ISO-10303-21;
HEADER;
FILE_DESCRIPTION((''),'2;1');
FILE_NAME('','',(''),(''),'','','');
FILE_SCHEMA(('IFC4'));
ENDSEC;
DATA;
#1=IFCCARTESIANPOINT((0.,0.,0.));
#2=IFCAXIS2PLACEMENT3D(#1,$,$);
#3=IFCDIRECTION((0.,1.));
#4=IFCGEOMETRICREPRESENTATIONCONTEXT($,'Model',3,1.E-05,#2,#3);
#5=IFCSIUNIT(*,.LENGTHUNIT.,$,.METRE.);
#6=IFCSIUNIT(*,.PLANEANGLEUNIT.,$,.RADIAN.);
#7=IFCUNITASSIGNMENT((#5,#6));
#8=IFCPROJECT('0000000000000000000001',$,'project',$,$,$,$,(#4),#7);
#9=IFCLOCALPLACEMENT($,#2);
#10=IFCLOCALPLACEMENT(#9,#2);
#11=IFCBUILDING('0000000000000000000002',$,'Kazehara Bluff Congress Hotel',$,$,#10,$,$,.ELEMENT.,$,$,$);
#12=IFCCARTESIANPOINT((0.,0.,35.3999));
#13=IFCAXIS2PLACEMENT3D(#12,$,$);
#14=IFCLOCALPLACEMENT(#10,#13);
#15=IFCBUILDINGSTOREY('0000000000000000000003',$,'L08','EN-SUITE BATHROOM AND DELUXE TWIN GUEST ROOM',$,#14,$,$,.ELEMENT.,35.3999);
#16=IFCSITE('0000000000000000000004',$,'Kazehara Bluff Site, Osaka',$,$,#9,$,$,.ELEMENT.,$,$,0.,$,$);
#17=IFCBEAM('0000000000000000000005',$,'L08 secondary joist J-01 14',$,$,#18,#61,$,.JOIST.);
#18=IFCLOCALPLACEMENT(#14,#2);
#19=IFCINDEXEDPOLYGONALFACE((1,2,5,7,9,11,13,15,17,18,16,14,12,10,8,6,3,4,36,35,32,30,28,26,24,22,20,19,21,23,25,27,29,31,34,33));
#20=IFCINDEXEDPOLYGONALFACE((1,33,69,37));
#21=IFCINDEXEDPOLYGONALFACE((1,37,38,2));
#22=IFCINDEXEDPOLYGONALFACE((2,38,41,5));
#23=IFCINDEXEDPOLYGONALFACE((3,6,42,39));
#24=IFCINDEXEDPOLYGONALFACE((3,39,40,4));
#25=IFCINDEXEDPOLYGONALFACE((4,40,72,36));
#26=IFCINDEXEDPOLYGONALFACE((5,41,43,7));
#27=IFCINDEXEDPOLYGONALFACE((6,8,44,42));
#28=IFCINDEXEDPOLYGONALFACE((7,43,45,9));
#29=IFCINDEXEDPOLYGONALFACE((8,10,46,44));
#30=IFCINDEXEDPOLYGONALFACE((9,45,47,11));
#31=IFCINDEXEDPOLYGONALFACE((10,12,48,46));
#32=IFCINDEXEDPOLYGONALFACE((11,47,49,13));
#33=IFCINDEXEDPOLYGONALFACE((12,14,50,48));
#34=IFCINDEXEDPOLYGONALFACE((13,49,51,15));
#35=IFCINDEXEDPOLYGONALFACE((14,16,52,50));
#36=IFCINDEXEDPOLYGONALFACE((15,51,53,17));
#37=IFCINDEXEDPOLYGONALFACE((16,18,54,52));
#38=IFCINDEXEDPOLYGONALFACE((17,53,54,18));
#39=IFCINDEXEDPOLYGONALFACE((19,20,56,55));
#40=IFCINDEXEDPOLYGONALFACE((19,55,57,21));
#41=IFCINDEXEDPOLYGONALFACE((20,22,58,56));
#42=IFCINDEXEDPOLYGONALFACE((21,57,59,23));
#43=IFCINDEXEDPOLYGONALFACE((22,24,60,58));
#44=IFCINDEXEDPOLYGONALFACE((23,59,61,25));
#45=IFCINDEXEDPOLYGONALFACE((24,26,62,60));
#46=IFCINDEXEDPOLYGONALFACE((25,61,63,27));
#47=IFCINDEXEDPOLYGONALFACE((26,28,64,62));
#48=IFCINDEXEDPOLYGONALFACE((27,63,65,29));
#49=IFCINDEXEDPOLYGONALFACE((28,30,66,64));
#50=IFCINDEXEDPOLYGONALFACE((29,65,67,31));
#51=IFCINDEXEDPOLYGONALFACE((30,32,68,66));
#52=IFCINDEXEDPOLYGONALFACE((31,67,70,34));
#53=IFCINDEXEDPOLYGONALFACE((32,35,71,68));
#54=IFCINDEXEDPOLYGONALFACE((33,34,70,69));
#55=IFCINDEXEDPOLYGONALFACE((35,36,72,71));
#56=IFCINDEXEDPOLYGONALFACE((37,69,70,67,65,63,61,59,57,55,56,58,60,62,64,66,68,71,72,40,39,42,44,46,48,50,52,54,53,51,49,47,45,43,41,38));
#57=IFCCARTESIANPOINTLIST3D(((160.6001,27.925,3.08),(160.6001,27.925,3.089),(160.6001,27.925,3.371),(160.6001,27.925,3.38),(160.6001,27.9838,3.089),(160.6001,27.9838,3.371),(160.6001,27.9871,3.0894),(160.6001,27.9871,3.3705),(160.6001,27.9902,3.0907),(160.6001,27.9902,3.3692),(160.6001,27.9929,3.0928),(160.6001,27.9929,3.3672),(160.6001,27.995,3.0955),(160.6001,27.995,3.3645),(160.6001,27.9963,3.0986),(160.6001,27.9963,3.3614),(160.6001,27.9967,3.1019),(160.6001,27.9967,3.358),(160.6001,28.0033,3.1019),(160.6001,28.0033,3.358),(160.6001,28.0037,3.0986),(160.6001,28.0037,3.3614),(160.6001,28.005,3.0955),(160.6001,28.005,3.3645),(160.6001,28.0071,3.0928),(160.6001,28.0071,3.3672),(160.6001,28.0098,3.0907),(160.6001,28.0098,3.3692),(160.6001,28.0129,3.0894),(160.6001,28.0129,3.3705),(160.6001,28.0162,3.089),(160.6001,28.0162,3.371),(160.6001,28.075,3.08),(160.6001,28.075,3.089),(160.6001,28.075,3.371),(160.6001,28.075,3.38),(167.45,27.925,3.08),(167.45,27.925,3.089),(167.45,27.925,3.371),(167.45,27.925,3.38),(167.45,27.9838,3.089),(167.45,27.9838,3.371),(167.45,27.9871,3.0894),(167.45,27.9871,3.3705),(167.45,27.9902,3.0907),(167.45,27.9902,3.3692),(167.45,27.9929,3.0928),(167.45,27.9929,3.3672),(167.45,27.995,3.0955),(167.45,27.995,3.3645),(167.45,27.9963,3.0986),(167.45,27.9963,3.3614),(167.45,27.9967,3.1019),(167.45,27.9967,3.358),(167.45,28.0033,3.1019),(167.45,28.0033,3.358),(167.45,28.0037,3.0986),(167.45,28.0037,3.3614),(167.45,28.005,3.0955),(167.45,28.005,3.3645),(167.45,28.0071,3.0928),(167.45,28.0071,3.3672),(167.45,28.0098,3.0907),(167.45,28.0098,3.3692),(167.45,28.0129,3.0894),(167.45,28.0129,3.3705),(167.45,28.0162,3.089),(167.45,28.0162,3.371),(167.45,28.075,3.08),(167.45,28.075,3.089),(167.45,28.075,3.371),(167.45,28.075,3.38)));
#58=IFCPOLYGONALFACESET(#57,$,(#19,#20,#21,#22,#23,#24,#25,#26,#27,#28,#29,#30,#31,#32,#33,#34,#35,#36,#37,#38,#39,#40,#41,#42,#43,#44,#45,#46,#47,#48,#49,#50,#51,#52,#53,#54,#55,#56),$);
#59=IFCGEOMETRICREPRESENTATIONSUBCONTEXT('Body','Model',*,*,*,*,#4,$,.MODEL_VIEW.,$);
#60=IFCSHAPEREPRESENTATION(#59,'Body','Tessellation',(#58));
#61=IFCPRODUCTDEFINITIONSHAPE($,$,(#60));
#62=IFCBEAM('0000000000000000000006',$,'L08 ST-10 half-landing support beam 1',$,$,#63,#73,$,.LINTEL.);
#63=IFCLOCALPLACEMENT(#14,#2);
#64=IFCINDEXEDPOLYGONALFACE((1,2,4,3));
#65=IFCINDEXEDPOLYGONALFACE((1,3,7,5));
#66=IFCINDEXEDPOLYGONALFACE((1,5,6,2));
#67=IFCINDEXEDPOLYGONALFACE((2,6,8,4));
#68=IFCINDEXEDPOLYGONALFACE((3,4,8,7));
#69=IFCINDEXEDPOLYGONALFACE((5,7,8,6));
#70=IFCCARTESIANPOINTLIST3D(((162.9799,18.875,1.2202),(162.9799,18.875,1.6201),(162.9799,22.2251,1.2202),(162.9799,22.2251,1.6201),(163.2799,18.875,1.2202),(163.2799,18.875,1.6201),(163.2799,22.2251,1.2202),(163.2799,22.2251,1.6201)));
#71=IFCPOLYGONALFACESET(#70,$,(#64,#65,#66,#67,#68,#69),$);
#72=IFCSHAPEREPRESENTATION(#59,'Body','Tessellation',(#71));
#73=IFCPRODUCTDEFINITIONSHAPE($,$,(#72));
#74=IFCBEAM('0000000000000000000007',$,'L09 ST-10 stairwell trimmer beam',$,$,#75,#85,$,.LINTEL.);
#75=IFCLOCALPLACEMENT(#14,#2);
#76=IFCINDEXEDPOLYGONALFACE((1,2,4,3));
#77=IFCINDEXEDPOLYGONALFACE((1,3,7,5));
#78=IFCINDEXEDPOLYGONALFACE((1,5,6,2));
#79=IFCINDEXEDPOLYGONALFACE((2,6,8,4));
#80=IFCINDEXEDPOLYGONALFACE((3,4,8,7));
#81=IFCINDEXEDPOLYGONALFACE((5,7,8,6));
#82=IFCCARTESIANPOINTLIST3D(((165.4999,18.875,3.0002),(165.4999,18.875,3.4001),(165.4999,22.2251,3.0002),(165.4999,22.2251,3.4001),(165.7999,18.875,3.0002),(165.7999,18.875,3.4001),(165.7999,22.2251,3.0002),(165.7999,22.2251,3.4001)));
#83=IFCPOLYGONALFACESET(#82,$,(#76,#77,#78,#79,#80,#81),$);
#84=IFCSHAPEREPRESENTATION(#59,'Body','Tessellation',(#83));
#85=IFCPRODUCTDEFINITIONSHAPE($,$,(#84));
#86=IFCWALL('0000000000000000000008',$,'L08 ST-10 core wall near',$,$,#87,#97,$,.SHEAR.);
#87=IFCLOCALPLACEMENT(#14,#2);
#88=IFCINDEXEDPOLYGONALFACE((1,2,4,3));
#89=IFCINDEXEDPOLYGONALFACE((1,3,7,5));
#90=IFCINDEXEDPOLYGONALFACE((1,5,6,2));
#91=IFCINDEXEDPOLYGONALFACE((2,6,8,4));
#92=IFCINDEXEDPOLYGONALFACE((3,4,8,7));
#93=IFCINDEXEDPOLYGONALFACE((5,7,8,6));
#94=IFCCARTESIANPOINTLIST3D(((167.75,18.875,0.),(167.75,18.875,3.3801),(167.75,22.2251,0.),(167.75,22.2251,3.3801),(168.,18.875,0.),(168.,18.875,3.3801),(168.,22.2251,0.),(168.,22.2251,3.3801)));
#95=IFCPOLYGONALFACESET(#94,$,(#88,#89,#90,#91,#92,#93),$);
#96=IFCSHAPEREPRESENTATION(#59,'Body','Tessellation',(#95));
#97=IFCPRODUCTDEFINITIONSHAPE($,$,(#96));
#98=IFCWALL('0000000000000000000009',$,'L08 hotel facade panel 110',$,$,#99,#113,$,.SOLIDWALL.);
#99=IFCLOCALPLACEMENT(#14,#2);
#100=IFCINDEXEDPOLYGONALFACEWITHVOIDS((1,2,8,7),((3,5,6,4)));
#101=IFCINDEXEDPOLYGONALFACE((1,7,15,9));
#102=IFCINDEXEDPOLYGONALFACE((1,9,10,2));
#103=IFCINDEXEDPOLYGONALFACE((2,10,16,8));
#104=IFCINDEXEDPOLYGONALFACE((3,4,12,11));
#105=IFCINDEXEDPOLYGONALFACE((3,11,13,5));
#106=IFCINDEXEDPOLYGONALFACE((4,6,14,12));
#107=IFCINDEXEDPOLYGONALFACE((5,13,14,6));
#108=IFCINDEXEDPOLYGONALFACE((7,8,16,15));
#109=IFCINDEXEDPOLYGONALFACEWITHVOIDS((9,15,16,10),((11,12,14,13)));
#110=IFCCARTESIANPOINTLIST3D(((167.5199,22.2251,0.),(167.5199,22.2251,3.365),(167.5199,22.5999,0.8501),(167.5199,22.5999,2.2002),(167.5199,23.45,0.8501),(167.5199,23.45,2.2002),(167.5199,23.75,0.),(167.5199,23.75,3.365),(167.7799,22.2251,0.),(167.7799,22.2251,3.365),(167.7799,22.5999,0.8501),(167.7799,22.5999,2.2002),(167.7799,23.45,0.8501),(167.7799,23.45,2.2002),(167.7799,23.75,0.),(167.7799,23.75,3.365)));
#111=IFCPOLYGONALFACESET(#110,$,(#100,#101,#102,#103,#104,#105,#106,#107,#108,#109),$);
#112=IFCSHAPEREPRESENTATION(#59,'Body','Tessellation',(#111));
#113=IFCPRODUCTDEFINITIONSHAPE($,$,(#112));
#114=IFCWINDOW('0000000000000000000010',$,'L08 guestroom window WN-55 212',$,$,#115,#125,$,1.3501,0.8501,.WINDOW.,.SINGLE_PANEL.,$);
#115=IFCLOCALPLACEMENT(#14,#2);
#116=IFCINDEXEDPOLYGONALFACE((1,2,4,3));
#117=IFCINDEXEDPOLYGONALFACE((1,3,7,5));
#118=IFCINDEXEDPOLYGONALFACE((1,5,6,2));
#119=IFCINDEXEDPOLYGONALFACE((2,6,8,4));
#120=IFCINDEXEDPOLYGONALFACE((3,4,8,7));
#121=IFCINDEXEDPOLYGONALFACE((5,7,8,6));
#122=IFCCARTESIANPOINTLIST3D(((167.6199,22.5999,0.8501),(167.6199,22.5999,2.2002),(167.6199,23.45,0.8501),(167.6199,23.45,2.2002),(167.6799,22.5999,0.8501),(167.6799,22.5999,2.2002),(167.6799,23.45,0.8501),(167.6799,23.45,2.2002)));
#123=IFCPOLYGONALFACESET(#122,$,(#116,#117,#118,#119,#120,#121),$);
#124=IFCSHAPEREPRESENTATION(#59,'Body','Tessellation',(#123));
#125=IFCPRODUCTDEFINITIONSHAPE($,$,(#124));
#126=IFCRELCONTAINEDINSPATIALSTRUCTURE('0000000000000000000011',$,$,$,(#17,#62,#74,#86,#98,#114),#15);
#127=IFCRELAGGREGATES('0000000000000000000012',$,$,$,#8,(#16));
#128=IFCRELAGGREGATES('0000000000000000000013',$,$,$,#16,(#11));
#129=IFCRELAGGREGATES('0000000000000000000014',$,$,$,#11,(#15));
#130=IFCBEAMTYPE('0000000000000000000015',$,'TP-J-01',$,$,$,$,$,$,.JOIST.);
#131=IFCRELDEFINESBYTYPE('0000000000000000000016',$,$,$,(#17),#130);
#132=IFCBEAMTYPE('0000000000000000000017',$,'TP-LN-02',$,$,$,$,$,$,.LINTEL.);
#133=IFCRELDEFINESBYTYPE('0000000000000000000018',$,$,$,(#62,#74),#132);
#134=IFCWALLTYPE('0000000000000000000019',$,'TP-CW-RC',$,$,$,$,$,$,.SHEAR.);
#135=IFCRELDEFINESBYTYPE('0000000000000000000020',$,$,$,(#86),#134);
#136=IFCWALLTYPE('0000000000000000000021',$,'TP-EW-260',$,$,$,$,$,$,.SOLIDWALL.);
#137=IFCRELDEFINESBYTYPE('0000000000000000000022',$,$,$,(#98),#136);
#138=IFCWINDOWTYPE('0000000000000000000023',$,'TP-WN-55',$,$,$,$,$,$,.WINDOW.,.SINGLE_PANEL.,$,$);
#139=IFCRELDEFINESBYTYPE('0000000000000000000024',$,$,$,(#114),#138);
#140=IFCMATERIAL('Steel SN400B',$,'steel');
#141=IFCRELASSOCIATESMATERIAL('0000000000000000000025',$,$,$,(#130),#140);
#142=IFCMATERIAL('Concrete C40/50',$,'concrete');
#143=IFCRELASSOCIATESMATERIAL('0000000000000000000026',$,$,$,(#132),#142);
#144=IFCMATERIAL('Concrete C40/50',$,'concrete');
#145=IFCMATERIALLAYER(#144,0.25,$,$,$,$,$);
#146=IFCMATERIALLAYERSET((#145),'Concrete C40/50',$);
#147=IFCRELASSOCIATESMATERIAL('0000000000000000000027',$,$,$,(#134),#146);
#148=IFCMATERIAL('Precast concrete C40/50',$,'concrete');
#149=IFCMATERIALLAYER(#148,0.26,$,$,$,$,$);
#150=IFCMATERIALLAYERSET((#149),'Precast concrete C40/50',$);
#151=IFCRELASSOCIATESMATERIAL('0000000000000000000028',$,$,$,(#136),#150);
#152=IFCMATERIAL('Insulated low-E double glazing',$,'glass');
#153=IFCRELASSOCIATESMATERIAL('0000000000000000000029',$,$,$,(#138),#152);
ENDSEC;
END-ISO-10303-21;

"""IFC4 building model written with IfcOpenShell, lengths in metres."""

from ifc_helpers import new_model, si_unit, direction, frame, frame_2d, origin, origin_2d, place, context, subcontext, project, spatial, rectangle, i_section, extrude, material, layer, layer_set, material_profile, profile_set, type_object, element, fill, save


model = new_model("IFC4")

# Units and contexts
model_context = context("Model", 3, precision=1e-05, world=origin(), true_north=direction((0.0, 1.0)))
body_context = subcontext(model_context, "Body", "Model", "MODEL_VIEW")
ifc_project = project(units=[si_unit("LENGTHUNIT", "METRE"), si_unit("PLANEANGLEUNIT", "RADIAN")], contexts=[model_context])

# Site, building, storey
site_placement = place(None, origin())
site = spatial("IfcSite", under=ifc_project, at=site_placement, Name="Kazehara Bluff Site, Osaka", CompositionType="ELEMENT", RefElevation=0.0)
building_placement = place(site_placement, origin())
building = spatial("IfcBuilding", under=site, at=building_placement, Name="Kazehara Bluff Congress Hotel", CompositionType="ELEMENT")
storey_placement = place(building_placement, frame((0.0, 0.0, 35.3999)))
storey = spatial("IfcBuildingStorey", under=building, at=storey_placement, Name="L08", Description="EN-SUITE BATHROOM AND DELUXE TWIN GUEST ROOM", CompositionType="ELEMENT", Elevation=35.3999)

# Beams
ifc_material_1 = material(Name="Steel SN400B", Category="steel")
ifc_material_profile_1 = material_profile(ifc_material_1, i_section(OverallWidth=0.1499, OverallDepth=0.3, WebThickness=0.0066, FlangeThickness=0.009, FilletRadius=0.0129, at=origin_2d()))
ifc_profile_set_1 = profile_set([ifc_material_profile_1], Name="Steel SN400B")
beam_type_1 = type_object("IfcBeamType", Name="TP-J-01", PredefinedType="JOIST", material=ifc_profile_set_1)
beam_1_placement = place(storey_placement, frame((160.6001, 28.0, 3.23), z_axis=(1.0, 0.0, 0.0), x_axis=(0.0, 1.0, 0.0)))
element("IfcBeam", 1, at=beam_1_placement, inside=storey, type_object=beam_type_1, Name="L08 secondary joist J-01 14", PredefinedType="JOIST", context=body_context, shape_type="SweptSolid", body=[
    extrude(i_section(OverallWidth=0.1499, OverallDepth=0.3, WebThickness=0.0066, FlangeThickness=0.009, FilletRadius=0.0129, at=origin_2d()), origin(), (0.0, 0.0, 1.0), 6.8499),
])
ifc_material_2 = material(Name="Concrete C40/50", Category="concrete")
ifc_material_profile_2 = material_profile(ifc_material_2, rectangle(XDim=0.3, YDim=0.3999, at=origin_2d()))
ifc_profile_set_2 = profile_set([ifc_material_profile_2], Name="Concrete C40/50")
beam_type_2 = type_object("IfcBeamType", Name="TP-LN-02", PredefinedType="LINTEL", material=ifc_profile_set_2)
for number, where, z_axis, x_axis, name in (
    (2, (163.1299, 22.2251, 1.4202), (0.0, -1.0, 0.0), (1.0, 0.0, 0.0), "L08 ST-10 half-landing support beam 1"),
    (3, (165.6499, 22.2251, 3.2002), (0.0, -1.0, 0.0), (1.0, 0.0, 0.0), "L09 ST-10 stairwell trimmer beam"),
):
    element("IfcBeam", number, at=place(storey_placement, frame(where, z_axis=z_axis, x_axis=x_axis)), inside=storey, type_object=beam_type_2, Name=name, PredefinedType="LINTEL", context=body_context, shape_type="SweptSolid", body=[
        extrude(rectangle(XDim=0.3, YDim=0.3999, at=origin_2d()), origin(), (0.0, 0.0, 1.0), 3.3501),
    ])

# Wall
ifc_material_3 = material(Name="Concrete C40/50", Category="concrete")
ifc_layer_1 = layer(ifc_material_3, 0.25)
ifc_layer_set_1 = layer_set([ifc_layer_1], Name="Concrete C40/50")
wall_type_1 = type_object("IfcWallType", Name="TP-CW-RC", PredefinedType="SHEAR", material=ifc_layer_set_1)
wall_1_placement = place(storey_placement, frame((167.875, 22.2251, 0.0), z_axis=(0.0, 0.0, 1.0), x_axis=(0.0, -1.0, 0.0)))
element("IfcWall", 4, at=wall_1_placement, inside=storey, type_object=wall_type_1, Name="L08 ST-10 core wall near", PredefinedType="SHEAR", context=body_context, shape_type="SweptSolid", body=[
    extrude(rectangle(XDim=3.3501, YDim=0.25, at=frame_2d((1.675, 0.0))), origin(), (0.0, 0.0, 1.0), 3.3801),
])

# Wall, opening, window
ifc_material_4 = material(Name="Precast concrete C40/50", Category="concrete")
ifc_layer_2 = layer(ifc_material_4, 0.26)
ifc_layer_set_2 = layer_set([ifc_layer_2], Name="Precast concrete C40/50")
wall_type_2 = type_object("IfcWallType", Name="TP-EW-260", PredefinedType="SOLIDWALL", material=ifc_layer_set_2)
wall_2_placement = place(storey_placement, frame((167.6499, 23.75, 0.0), z_axis=(0.0, 0.0, 1.0), x_axis=(0.0, -1.0, 0.0)))
wall_2 = element("IfcWall", 5, at=wall_2_placement, inside=storey, type_object=wall_type_2, Name="L08 hotel facade panel 110", PredefinedType="SOLIDWALL", context=body_context, shape_type="SweptSolid", body=[
    extrude(rectangle(XDim=1.5249, YDim=0.26, at=frame_2d((0.7625, 0.0))), origin(), (0.0, 0.0, 1.0), 3.365),
])
opening_1_placement = place(wall_2_placement, frame((0.3, 0.0, 0.8501)))
opening_1 = element("IfcOpeningElement", 6, at=opening_1_placement, cuts=wall_2, PredefinedType="OPENING", context=body_context, shape_type="SweptSolid", body=[
    extrude(rectangle(XDim=0.8501, YDim=1.3501, at=frame_2d((0.425, 0.675))), frame((0.0, 0.1399, 0.0), z_axis=(0.0, -1.0, 0.0), x_axis=(1.0, 0.0, 0.0)), (0.0, 0.0, 1.0), 0.28),
])
ifc_material_5 = material(Name="Insulated low-E double glazing", Category="glass")
window_type_1 = type_object("IfcWindowType", Name="TP-WN-55", PartitioningType="SINGLE_PANEL", PredefinedType="WINDOW", material=ifc_material_5)
window_1_placement = place(opening_1_placement, origin())
window_1 = element("IfcWindow", 7, at=window_1_placement, inside=storey, type_object=window_type_1, Name="L08 guestroom window WN-55 212", OverallHeight=1.3501, OverallWidth=0.8501, PartitioningType="SINGLE_PANEL", PredefinedType="WINDOW", context=body_context, shape_type="SweptSolid", body=[
    extrude(rectangle(XDim=0.8501, YDim=1.3501, at=frame_2d((0.425, 0.675))), frame((0.0, 0.03, 0.0), z_axis=(0.0, -1.0, 0.0), x_axis=(1.0, 0.0, 0.0)), (0.0, 0.0, 1.0), 0.0601),
])
fill(opening_1, window_1)

save(model, "model.ifc")
